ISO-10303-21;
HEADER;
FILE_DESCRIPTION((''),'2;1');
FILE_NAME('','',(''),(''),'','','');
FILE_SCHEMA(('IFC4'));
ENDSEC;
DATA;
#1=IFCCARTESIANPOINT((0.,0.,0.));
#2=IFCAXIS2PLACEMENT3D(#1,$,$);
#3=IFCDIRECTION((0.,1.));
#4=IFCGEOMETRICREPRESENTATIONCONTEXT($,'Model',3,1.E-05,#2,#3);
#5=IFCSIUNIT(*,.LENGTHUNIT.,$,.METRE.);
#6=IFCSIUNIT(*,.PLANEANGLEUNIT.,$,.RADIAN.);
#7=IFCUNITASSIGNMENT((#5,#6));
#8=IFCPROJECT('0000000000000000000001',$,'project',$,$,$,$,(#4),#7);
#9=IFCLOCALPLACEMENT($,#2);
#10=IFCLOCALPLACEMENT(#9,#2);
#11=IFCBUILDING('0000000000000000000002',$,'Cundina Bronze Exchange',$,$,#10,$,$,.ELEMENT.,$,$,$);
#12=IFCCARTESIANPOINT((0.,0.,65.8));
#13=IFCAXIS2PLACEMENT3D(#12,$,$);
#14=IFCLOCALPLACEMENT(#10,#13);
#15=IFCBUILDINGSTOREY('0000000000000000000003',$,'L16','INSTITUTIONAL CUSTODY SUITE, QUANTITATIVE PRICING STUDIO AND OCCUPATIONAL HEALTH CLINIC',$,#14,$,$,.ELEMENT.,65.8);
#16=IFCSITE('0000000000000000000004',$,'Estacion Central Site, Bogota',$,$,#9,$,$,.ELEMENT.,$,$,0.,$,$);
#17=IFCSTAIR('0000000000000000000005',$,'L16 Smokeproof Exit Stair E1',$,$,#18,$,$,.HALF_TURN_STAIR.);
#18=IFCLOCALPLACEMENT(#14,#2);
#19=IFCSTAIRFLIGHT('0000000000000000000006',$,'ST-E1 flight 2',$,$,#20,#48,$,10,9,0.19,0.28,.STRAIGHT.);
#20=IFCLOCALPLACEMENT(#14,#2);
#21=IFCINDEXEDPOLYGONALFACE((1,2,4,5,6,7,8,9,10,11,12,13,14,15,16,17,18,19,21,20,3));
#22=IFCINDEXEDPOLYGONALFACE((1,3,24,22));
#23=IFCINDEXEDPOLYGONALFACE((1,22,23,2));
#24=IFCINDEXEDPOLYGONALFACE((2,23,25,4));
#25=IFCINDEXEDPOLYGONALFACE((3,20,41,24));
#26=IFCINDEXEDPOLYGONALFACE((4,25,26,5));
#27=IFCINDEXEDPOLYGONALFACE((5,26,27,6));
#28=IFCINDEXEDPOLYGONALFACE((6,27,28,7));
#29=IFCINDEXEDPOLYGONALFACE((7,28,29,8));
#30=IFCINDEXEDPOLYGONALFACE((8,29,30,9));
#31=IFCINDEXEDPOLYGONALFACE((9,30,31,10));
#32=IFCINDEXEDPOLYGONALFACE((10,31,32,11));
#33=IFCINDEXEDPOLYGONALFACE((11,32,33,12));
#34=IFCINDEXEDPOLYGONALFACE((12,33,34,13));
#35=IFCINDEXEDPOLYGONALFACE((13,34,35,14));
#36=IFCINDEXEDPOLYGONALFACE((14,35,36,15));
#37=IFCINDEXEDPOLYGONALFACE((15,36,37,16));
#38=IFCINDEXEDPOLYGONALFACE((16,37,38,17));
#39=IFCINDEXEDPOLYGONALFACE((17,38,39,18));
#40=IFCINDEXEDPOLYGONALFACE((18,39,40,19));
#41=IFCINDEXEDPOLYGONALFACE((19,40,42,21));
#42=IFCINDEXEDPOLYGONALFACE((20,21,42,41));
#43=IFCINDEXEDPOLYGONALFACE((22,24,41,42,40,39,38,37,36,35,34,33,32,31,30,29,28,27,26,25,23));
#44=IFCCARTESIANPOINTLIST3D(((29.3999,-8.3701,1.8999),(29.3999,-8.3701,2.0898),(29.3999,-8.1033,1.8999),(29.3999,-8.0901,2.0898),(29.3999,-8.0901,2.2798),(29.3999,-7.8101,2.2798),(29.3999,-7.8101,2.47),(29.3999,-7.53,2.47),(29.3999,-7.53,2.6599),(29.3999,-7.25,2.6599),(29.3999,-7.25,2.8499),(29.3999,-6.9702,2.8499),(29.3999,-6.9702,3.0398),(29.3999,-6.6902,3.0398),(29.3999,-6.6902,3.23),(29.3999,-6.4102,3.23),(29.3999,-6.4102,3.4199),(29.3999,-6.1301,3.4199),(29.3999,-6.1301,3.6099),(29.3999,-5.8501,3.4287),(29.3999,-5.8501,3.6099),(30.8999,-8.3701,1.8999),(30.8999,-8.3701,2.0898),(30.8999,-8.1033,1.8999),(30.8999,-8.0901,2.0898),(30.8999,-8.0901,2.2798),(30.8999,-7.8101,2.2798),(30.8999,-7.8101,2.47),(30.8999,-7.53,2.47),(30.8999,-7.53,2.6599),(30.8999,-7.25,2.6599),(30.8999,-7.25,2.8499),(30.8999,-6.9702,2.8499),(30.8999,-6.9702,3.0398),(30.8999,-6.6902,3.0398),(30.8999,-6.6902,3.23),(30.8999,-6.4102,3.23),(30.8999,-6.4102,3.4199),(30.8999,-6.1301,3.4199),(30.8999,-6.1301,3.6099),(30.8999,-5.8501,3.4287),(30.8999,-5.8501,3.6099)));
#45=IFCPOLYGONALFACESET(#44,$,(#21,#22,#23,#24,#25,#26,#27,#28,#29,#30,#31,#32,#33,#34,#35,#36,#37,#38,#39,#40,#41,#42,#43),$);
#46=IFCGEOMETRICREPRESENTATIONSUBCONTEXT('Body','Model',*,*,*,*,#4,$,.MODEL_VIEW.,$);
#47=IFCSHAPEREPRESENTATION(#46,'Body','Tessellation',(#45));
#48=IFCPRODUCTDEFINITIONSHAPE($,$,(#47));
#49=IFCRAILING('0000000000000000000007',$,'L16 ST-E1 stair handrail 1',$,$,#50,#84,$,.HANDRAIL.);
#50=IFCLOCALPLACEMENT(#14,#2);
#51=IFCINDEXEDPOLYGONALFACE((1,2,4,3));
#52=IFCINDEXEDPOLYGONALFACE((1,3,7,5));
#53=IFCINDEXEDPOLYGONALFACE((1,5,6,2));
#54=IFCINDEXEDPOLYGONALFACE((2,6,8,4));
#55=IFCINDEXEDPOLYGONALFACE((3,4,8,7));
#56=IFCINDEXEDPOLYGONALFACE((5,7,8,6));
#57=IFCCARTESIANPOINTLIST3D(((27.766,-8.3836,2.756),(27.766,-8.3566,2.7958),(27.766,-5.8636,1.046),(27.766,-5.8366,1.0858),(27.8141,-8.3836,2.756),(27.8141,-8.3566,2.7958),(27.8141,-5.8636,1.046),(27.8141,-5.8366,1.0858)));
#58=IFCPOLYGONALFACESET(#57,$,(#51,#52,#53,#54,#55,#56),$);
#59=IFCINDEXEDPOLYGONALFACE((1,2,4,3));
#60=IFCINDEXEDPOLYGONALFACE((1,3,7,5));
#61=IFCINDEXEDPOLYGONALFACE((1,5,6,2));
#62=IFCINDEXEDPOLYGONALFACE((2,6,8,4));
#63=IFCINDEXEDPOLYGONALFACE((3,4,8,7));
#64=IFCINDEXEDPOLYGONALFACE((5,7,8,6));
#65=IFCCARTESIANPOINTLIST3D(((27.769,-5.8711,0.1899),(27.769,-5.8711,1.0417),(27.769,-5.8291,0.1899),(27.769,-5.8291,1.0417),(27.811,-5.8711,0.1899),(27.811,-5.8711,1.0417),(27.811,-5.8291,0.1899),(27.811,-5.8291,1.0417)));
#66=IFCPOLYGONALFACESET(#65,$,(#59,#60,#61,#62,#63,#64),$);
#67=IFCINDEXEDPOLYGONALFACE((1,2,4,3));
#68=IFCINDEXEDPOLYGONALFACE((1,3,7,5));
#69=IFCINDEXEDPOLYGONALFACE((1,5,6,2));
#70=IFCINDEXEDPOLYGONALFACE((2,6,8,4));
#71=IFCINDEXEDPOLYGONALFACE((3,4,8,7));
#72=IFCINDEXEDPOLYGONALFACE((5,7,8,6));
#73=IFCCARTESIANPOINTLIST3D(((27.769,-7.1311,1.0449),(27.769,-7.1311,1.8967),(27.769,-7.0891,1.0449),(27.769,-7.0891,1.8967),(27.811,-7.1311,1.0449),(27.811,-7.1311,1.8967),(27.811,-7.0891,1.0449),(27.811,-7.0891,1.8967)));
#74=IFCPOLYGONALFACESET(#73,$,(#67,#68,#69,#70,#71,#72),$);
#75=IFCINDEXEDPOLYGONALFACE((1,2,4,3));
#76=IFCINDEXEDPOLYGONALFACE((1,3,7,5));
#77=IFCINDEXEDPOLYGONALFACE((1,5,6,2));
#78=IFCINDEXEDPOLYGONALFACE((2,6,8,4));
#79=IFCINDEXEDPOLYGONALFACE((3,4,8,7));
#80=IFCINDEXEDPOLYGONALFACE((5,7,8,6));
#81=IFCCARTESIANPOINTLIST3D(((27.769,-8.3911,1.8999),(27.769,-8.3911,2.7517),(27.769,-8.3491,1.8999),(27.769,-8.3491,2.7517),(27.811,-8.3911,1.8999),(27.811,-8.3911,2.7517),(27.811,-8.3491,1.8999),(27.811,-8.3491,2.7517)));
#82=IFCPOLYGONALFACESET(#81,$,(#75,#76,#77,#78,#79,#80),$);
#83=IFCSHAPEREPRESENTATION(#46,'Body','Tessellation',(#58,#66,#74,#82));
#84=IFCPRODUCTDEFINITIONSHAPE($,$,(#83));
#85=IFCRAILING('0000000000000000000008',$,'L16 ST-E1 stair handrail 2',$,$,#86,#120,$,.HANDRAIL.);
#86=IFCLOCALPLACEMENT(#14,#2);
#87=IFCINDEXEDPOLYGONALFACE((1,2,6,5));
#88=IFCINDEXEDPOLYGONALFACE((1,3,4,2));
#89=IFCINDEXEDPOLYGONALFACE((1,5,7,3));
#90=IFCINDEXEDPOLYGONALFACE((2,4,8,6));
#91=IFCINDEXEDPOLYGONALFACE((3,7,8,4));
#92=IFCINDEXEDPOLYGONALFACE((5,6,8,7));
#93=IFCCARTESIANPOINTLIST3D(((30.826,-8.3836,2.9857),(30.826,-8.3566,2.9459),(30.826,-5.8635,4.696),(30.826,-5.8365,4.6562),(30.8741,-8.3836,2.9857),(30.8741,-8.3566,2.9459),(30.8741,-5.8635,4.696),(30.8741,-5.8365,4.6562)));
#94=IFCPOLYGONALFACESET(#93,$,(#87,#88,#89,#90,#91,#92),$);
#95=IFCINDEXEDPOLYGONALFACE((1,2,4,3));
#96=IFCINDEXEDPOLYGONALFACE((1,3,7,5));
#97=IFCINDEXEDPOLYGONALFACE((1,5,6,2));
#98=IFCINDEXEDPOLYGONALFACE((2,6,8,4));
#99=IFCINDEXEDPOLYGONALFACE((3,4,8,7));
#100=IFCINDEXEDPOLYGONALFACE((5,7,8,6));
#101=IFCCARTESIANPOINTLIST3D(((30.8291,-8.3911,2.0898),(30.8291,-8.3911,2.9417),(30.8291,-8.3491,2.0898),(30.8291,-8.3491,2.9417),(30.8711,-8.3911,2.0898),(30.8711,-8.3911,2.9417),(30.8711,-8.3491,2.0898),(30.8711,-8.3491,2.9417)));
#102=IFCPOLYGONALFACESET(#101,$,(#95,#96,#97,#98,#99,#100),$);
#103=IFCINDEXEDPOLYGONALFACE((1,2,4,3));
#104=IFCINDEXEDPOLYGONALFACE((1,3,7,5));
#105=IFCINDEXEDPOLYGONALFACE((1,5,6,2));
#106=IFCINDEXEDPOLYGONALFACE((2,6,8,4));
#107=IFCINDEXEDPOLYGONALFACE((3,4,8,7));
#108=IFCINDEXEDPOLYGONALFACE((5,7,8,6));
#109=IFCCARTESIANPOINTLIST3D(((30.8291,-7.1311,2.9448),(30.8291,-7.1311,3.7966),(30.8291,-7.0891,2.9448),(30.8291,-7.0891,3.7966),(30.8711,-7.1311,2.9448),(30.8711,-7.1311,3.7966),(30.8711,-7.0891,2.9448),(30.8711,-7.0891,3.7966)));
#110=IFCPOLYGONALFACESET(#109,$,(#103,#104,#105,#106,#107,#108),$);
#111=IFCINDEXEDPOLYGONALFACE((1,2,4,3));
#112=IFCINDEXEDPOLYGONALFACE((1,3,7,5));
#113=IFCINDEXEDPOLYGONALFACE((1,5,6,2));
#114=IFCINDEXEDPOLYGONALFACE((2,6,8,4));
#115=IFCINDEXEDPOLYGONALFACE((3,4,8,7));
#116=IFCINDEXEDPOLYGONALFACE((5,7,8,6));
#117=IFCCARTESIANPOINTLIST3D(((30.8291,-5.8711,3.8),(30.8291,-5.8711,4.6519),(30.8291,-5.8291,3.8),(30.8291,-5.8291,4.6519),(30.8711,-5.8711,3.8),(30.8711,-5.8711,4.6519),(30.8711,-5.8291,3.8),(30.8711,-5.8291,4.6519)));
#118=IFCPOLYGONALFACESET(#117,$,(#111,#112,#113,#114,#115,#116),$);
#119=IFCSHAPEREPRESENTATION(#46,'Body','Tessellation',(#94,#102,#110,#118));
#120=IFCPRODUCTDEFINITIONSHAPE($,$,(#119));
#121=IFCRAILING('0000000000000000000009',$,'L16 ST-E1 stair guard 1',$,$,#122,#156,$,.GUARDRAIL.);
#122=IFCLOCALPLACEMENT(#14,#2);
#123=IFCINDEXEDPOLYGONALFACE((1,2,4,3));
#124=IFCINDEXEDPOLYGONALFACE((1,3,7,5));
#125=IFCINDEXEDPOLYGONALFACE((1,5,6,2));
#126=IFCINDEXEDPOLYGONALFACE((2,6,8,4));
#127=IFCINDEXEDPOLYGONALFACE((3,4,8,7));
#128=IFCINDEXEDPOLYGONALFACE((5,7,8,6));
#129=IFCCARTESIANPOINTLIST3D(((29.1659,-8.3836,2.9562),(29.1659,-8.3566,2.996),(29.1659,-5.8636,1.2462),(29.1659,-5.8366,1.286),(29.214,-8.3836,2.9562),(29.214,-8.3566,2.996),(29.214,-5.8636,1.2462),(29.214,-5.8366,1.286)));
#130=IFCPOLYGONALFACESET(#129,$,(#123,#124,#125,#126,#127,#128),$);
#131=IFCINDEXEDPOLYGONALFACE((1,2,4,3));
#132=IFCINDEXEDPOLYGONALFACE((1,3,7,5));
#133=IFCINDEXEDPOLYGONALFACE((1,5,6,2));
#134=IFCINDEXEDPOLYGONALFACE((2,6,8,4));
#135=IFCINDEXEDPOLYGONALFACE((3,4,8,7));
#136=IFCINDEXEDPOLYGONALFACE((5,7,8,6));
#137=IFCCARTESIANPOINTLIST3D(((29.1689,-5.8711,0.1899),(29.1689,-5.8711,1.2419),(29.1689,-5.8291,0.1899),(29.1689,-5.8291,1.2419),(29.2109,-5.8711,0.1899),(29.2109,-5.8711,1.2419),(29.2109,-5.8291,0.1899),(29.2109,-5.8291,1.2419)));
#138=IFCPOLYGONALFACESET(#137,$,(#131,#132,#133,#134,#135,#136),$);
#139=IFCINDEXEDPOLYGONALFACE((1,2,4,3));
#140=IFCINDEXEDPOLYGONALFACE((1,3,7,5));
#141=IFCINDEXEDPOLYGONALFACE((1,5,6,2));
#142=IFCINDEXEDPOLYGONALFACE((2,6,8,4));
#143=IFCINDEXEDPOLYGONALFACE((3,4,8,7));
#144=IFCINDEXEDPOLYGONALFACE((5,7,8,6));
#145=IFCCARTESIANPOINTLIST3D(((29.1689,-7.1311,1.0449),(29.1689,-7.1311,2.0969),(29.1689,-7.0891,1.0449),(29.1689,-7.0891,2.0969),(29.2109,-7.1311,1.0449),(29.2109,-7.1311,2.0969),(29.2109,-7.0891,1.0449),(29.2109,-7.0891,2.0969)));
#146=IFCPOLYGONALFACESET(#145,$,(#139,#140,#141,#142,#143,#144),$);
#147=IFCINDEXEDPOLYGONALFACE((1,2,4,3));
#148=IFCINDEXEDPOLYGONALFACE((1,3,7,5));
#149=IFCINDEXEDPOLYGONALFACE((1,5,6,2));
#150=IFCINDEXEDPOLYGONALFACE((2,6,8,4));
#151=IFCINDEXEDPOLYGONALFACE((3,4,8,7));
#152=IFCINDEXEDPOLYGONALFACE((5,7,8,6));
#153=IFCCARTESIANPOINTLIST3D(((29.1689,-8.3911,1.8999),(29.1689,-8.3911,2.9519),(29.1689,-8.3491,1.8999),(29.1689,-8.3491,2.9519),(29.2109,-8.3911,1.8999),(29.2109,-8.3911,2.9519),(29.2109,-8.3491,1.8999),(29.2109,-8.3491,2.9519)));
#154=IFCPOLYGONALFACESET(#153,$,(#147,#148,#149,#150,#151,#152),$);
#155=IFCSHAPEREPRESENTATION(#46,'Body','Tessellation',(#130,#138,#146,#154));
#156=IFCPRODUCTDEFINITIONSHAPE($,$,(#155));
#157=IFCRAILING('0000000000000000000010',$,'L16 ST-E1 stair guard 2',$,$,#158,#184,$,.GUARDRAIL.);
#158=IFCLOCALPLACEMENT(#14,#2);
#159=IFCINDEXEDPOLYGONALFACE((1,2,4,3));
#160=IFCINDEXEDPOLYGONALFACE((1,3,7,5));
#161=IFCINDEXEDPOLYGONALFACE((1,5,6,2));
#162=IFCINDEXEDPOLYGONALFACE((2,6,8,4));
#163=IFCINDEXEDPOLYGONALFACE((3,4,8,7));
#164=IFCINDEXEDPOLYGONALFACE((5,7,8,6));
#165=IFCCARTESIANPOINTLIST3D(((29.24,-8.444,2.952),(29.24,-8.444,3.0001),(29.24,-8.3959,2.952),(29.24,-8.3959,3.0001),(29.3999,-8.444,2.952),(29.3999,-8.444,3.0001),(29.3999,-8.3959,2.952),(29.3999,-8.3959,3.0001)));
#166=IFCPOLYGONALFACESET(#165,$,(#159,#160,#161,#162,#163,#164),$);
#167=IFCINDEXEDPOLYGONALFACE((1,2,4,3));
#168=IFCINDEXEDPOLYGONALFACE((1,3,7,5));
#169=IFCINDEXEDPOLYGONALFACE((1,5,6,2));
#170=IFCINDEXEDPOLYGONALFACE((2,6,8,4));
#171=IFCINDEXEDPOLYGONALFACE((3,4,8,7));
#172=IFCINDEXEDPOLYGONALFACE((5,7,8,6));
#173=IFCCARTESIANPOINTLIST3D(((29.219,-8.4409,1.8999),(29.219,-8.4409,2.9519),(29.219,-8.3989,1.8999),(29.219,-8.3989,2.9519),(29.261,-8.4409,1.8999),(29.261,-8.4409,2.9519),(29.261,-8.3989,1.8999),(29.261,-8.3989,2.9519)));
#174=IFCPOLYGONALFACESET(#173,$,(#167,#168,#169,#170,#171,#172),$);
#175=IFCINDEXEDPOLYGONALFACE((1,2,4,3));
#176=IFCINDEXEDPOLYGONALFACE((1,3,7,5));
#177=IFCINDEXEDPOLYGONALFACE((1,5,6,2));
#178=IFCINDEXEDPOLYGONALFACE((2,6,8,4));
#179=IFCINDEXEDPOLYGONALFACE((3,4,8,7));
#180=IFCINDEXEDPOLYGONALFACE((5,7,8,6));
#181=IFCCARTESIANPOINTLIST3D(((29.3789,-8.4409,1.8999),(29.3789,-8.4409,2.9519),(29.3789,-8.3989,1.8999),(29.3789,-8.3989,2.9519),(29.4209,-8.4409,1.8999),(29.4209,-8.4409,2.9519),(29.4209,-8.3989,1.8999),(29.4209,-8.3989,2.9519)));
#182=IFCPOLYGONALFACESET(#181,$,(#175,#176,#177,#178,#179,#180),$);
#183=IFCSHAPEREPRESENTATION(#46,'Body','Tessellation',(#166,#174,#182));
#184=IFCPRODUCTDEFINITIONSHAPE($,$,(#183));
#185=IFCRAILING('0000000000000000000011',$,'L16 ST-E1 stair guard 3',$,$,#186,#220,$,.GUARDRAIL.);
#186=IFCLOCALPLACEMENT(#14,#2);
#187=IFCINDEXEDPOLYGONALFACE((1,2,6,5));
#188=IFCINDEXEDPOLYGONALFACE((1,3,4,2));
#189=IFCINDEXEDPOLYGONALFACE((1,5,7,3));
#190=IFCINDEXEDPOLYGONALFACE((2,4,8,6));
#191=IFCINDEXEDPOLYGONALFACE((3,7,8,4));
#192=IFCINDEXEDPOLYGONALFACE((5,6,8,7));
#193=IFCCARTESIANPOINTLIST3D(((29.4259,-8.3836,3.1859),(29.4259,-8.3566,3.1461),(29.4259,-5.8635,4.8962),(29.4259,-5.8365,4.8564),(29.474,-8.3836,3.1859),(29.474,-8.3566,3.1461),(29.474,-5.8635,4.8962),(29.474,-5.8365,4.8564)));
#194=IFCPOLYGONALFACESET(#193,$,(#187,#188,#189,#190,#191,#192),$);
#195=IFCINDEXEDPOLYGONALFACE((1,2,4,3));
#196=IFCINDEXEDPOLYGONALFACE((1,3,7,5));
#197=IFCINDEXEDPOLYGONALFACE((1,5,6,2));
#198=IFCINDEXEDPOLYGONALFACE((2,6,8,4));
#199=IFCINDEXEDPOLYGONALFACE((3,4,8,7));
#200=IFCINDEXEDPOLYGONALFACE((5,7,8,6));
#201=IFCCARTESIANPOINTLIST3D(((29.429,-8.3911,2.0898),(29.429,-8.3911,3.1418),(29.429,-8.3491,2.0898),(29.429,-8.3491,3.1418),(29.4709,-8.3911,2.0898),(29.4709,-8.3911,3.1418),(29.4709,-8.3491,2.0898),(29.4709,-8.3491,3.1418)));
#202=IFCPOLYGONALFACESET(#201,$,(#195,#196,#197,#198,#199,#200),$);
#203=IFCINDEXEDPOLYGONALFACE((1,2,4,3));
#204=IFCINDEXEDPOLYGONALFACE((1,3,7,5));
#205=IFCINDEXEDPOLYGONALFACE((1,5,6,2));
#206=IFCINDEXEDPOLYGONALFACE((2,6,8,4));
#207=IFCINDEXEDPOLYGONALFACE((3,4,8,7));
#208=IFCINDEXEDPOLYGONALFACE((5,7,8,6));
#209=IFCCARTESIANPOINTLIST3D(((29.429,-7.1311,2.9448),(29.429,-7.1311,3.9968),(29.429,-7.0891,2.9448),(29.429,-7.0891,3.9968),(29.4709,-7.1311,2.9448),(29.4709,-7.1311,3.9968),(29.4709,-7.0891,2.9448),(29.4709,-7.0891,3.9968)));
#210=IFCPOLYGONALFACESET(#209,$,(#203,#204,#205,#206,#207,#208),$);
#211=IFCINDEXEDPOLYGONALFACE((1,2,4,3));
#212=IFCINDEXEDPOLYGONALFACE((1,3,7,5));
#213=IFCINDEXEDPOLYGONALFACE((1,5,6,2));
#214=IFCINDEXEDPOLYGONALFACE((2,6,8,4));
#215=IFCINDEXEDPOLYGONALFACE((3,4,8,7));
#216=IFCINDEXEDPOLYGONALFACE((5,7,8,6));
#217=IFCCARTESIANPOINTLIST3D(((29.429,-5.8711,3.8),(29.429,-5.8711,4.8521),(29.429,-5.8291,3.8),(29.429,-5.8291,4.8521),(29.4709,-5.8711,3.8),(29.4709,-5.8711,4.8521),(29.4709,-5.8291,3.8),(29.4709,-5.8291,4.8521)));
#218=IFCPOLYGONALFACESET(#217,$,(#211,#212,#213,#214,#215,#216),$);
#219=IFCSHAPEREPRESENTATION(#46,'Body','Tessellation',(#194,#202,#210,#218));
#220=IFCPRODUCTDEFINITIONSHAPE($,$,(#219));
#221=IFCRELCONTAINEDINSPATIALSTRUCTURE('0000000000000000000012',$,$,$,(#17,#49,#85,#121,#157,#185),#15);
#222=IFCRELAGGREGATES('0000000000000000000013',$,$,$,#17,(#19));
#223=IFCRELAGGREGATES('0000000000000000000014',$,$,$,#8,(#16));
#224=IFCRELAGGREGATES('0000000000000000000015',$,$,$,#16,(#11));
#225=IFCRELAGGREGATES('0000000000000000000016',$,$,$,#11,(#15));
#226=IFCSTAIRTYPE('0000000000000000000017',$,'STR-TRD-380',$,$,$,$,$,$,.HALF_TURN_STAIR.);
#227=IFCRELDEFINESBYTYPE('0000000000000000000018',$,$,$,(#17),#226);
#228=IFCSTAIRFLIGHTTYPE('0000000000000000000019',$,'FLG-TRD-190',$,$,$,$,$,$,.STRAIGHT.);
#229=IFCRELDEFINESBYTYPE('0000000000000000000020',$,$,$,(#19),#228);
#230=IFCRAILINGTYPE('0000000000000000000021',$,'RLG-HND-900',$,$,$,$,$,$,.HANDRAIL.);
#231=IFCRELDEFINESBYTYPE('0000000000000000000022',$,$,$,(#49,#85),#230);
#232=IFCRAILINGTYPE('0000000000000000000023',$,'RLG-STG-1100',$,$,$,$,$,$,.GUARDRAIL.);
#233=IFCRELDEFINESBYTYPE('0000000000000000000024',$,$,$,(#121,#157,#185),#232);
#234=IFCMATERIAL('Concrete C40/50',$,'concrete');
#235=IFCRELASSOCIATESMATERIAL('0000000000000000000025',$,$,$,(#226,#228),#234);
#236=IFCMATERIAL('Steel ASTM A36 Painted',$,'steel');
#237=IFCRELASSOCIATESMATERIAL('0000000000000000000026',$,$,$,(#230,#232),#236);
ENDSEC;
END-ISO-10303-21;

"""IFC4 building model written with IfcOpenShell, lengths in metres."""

from ifc_helpers import new_model, si_unit, direction, frame, origin, origin_2d, place, context, subcontext, project, spatial, polyline, rectangle, outline, extrude, material, type_object, element, aggregate, save


model = new_model("IFC4")

# Units and contexts
model_context = context("Model", 3, precision=1e-05, world=origin(), true_north=direction((0.0, 1.0)))
body_context = subcontext(model_context, "Body", "Model", "MODEL_VIEW")
ifc_project = project(units=[si_unit("LENGTHUNIT", "METRE"), si_unit("PLANEANGLEUNIT", "RADIAN")], contexts=[model_context])

# Site, building, storey
site_placement = place(None, origin())
site = spatial("IfcSite", under=ifc_project, at=site_placement, Name="Estacion Central Site, Bogota", CompositionType="ELEMENT", RefElevation=0.0)
building_placement = place(site_placement, origin())
building = spatial("IfcBuilding", under=site, at=building_placement, Name="Cundina Bronze Exchange", CompositionType="ELEMENT")
storey_placement = place(building_placement, frame((0.0, 0.0, 65.8)))
storey = spatial("IfcBuildingStorey", under=building, at=storey_placement, Name="L16", Description="INSTITUTIONAL CUSTODY SUITE, QUANTITATIVE PRICING STUDIO AND OCCUPATIONAL HEALTH CLINIC", CompositionType="ELEMENT", Elevation=65.8)

# Stair, stair flight
ifc_material_1 = material(Name="Concrete C40/50", Category="concrete")
stair_type = type_object("IfcStairType", Name="STR-TRD-380", PredefinedType="HALF_TURN_STAIR", material=ifc_material_1)
stair_placement = place(storey_placement, origin())
stair = element("IfcStair", 1, at=stair_placement, inside=storey, type_object=stair_type, Name="L16 Smokeproof Exit Stair E1", PredefinedType="HALF_TURN_STAIR")
stair_flight_type = type_object("IfcStairFlightType", Name="FLG-TRD-190", PredefinedType="STRAIGHT", material=ifc_material_1)
stair_flight_1_placement = place(storey_placement, frame((30.1499, -8.3701, 1.8999), z_axis=(0.0, 0.0, 1.0), x_axis=(0.0, 1.0, 0.0)))
stair_flight_1 = element("IfcStairFlight", 2, at=stair_flight_1_placement, type_object=stair_flight_type, Name="ST-E1 flight 2", NumberOfRisers=10, NumberOfTreads=9, PredefinedType="STRAIGHT", RiserHeight=0.19, TreadLength=0.28, context=body_context, shape_type="SweptSolid", body=[
    extrude(outline(polyline([(0.0, 0.0), (0.0, 0.1899), (0.28, 0.1899), (0.28, 0.3799), (0.5601, 0.3799), (0.5601, 0.5701), (0.8401, 0.5701), (0.8401, 0.76), (1.1201, 0.76), (1.1201, 0.95), (1.3999, 0.95), (1.3999, 1.1399), (1.6799, 1.1399), (1.6799, 1.3301), (1.96, 1.3301), (1.96, 1.52), (2.24, 1.52), (2.24, 1.71), (2.52, 1.71), (2.52, 1.8999), (2.52, 1.5288), (0.2668, 0.0), (0.0, 0.0)])), frame((0.0, 0.75, 0.0), z_axis=(0.0, -1.0, 0.0), x_axis=(1.0, 0.0, 0.0)), (0.0, 0.0, 1.0), 1.5),
])
aggregate(stair, [stair_flight_1])

# Railings
ifc_material_2 = material(Name="Steel ASTM A36 Painted", Category="steel")
railing_type_1 = type_object("IfcRailingType", Name="RLG-HND-900", PredefinedType="HANDRAIL", material=ifc_material_2)
railing_1_placement = place(storey_placement, frame((27.79, -5.8501, 0.1899)))
element("IfcRailing", 3, at=railing_1_placement, inside=storey, type_object=railing_type_1, Name="L16 ST-E1 stair handrail 1", PredefinedType="HANDRAIL", context=body_context, shape_type="SweptSolid", body=[
    extrude(rectangle(XDim=0.0481, YDim=0.0481, at=origin_2d()), frame((0.0, 0.0, 0.876), z_axis=(0.0, -0.827484, 0.56149), x_axis=(1.0, 0.0, 0.0)), (0.0, 0.0, 1.0), 3.0454),
    extrude(rectangle(XDim=0.042, YDim=0.042, at=origin_2d()), origin(), (0.0, 0.0, 1.0), 0.8518),
    extrude(rectangle(XDim=0.042, YDim=0.042, at=origin_2d()), frame((0.0, -1.26, 0.855)), (0.0, 0.0, 1.0), 0.8518),
    extrude(rectangle(XDim=0.042, YDim=0.042, at=origin_2d()), frame((0.0, -2.52, 1.71)), (0.0, 0.0, 1.0), 0.8518),
])
railing_2_placement = place(storey_placement, frame((30.8501, -8.3701, 2.0898)))
element("IfcRailing", 4, at=railing_2_placement, inside=storey, type_object=railing_type_1, Name="L16 ST-E1 stair handrail 2", PredefinedType="HANDRAIL", context=body_context, shape_type="SweptSolid", body=[
    extrude(rectangle(XDim=0.0481, YDim=0.0481, at=origin_2d()), frame((0.0, 0.0, 0.876), z_axis=(0.0, 0.827447, 0.561545), x_axis=(-1.0, 0.0, 0.0)), (0.0, 0.0, 1.0), 3.0457),
    extrude(rectangle(XDim=0.042, YDim=0.042, at=origin_2d()), origin(), (0.0, 0.0, 1.0), 0.8518),
    extrude(rectangle(XDim=0.042, YDim=0.042, at=origin_2d()), frame((0.0, 1.26, 0.855)), (0.0, 0.0, 1.0), 0.8518),
    extrude(rectangle(XDim=0.042, YDim=0.042, at=origin_2d()), frame((0.0, 2.52, 1.7102)), (0.0, 0.0, 1.0), 0.8518),
])
railing_type_2 = type_object("IfcRailingType", Name="RLG-STG-1100", PredefinedType="GUARDRAIL", material=ifc_material_2)
railing_3_placement = place(storey_placement, frame((29.1899, -5.8501, 0.1899)))
element("IfcRailing", 5, at=railing_3_placement, inside=storey, type_object=railing_type_2, Name="L16 ST-E1 stair guard 1", PredefinedType="GUARDRAIL", context=body_context, shape_type="SweptSolid", body=[
    extrude(rectangle(XDim=0.0481, YDim=0.0481, at=origin_2d()), frame((0.0, 0.0, 1.0762), z_axis=(0.0, -0.827484, 0.56149), x_axis=(1.0, 0.0, 0.0)), (0.0, 0.0, 1.0), 3.0454),
    extrude(rectangle(XDim=0.042, YDim=0.042, at=origin_2d()), origin(), (0.0, 0.0, 1.0), 1.052),
    extrude(rectangle(XDim=0.042, YDim=0.042, at=origin_2d()), frame((0.0, -1.26, 0.855)), (0.0, 0.0, 1.0), 1.052),
    extrude(rectangle(XDim=0.042, YDim=0.042, at=origin_2d()), frame((0.0, -2.52, 1.71)), (0.0, 0.0, 1.0), 1.052),
])
railing_4_placement = place(storey_placement, frame((29.24, -8.4199, 1.8999)))
element("IfcRailing", 6, at=railing_4_placement, inside=storey, type_object=railing_type_2, Name="L16 ST-E1 stair guard 2", PredefinedType="GUARDRAIL", context=body_context, shape_type="SweptSolid", body=[
    extrude(rectangle(XDim=0.0481, YDim=0.0481, at=origin_2d()), frame((0.0, 0.0, 1.0762), z_axis=(1.0, 0.0, 0.0), x_axis=(0.0, 1.0, 0.0)), (0.0, 0.0, 1.0), 0.1599),
    extrude(rectangle(XDim=0.042, YDim=0.042, at=origin_2d()), origin(), (0.0, 0.0, 1.0), 1.052),
    extrude(rectangle(XDim=0.042, YDim=0.042, at=origin_2d()), frame((0.1599, 0.0, 0.0)), (0.0, 0.0, 1.0), 1.052),
])
railing_5_placement = place(storey_placement, frame((29.45, -8.3701, 2.0898)))
element("IfcRailing", 7, at=railing_5_placement, inside=storey, type_object=railing_type_2, Name="L16 ST-E1 stair guard 3", PredefinedType="GUARDRAIL", context=body_context, shape_type="SweptSolid", body=[
    extrude(rectangle(XDim=0.0481, YDim=0.0481, at=origin_2d()), frame((0.0, 0.0, 1.0762), z_axis=(0.0, 0.827447, 0.561545), x_axis=(-1.0, 0.0, 0.0)), (0.0, 0.0, 1.0), 3.0457),
    extrude(rectangle(XDim=0.042, YDim=0.042, at=origin_2d()), origin(), (0.0, 0.0, 1.0), 1.052),
    extrude(rectangle(XDim=0.042, YDim=0.042, at=origin_2d()), frame((0.0, 1.26, 0.855)), (0.0, 0.0, 1.0), 1.052),
    extrude(rectangle(XDim=0.042, YDim=0.042, at=origin_2d()), frame((0.0, 2.52, 1.7102)), (0.0, 0.0, 1.0), 1.052),
])

save(model, "model.ifc")
